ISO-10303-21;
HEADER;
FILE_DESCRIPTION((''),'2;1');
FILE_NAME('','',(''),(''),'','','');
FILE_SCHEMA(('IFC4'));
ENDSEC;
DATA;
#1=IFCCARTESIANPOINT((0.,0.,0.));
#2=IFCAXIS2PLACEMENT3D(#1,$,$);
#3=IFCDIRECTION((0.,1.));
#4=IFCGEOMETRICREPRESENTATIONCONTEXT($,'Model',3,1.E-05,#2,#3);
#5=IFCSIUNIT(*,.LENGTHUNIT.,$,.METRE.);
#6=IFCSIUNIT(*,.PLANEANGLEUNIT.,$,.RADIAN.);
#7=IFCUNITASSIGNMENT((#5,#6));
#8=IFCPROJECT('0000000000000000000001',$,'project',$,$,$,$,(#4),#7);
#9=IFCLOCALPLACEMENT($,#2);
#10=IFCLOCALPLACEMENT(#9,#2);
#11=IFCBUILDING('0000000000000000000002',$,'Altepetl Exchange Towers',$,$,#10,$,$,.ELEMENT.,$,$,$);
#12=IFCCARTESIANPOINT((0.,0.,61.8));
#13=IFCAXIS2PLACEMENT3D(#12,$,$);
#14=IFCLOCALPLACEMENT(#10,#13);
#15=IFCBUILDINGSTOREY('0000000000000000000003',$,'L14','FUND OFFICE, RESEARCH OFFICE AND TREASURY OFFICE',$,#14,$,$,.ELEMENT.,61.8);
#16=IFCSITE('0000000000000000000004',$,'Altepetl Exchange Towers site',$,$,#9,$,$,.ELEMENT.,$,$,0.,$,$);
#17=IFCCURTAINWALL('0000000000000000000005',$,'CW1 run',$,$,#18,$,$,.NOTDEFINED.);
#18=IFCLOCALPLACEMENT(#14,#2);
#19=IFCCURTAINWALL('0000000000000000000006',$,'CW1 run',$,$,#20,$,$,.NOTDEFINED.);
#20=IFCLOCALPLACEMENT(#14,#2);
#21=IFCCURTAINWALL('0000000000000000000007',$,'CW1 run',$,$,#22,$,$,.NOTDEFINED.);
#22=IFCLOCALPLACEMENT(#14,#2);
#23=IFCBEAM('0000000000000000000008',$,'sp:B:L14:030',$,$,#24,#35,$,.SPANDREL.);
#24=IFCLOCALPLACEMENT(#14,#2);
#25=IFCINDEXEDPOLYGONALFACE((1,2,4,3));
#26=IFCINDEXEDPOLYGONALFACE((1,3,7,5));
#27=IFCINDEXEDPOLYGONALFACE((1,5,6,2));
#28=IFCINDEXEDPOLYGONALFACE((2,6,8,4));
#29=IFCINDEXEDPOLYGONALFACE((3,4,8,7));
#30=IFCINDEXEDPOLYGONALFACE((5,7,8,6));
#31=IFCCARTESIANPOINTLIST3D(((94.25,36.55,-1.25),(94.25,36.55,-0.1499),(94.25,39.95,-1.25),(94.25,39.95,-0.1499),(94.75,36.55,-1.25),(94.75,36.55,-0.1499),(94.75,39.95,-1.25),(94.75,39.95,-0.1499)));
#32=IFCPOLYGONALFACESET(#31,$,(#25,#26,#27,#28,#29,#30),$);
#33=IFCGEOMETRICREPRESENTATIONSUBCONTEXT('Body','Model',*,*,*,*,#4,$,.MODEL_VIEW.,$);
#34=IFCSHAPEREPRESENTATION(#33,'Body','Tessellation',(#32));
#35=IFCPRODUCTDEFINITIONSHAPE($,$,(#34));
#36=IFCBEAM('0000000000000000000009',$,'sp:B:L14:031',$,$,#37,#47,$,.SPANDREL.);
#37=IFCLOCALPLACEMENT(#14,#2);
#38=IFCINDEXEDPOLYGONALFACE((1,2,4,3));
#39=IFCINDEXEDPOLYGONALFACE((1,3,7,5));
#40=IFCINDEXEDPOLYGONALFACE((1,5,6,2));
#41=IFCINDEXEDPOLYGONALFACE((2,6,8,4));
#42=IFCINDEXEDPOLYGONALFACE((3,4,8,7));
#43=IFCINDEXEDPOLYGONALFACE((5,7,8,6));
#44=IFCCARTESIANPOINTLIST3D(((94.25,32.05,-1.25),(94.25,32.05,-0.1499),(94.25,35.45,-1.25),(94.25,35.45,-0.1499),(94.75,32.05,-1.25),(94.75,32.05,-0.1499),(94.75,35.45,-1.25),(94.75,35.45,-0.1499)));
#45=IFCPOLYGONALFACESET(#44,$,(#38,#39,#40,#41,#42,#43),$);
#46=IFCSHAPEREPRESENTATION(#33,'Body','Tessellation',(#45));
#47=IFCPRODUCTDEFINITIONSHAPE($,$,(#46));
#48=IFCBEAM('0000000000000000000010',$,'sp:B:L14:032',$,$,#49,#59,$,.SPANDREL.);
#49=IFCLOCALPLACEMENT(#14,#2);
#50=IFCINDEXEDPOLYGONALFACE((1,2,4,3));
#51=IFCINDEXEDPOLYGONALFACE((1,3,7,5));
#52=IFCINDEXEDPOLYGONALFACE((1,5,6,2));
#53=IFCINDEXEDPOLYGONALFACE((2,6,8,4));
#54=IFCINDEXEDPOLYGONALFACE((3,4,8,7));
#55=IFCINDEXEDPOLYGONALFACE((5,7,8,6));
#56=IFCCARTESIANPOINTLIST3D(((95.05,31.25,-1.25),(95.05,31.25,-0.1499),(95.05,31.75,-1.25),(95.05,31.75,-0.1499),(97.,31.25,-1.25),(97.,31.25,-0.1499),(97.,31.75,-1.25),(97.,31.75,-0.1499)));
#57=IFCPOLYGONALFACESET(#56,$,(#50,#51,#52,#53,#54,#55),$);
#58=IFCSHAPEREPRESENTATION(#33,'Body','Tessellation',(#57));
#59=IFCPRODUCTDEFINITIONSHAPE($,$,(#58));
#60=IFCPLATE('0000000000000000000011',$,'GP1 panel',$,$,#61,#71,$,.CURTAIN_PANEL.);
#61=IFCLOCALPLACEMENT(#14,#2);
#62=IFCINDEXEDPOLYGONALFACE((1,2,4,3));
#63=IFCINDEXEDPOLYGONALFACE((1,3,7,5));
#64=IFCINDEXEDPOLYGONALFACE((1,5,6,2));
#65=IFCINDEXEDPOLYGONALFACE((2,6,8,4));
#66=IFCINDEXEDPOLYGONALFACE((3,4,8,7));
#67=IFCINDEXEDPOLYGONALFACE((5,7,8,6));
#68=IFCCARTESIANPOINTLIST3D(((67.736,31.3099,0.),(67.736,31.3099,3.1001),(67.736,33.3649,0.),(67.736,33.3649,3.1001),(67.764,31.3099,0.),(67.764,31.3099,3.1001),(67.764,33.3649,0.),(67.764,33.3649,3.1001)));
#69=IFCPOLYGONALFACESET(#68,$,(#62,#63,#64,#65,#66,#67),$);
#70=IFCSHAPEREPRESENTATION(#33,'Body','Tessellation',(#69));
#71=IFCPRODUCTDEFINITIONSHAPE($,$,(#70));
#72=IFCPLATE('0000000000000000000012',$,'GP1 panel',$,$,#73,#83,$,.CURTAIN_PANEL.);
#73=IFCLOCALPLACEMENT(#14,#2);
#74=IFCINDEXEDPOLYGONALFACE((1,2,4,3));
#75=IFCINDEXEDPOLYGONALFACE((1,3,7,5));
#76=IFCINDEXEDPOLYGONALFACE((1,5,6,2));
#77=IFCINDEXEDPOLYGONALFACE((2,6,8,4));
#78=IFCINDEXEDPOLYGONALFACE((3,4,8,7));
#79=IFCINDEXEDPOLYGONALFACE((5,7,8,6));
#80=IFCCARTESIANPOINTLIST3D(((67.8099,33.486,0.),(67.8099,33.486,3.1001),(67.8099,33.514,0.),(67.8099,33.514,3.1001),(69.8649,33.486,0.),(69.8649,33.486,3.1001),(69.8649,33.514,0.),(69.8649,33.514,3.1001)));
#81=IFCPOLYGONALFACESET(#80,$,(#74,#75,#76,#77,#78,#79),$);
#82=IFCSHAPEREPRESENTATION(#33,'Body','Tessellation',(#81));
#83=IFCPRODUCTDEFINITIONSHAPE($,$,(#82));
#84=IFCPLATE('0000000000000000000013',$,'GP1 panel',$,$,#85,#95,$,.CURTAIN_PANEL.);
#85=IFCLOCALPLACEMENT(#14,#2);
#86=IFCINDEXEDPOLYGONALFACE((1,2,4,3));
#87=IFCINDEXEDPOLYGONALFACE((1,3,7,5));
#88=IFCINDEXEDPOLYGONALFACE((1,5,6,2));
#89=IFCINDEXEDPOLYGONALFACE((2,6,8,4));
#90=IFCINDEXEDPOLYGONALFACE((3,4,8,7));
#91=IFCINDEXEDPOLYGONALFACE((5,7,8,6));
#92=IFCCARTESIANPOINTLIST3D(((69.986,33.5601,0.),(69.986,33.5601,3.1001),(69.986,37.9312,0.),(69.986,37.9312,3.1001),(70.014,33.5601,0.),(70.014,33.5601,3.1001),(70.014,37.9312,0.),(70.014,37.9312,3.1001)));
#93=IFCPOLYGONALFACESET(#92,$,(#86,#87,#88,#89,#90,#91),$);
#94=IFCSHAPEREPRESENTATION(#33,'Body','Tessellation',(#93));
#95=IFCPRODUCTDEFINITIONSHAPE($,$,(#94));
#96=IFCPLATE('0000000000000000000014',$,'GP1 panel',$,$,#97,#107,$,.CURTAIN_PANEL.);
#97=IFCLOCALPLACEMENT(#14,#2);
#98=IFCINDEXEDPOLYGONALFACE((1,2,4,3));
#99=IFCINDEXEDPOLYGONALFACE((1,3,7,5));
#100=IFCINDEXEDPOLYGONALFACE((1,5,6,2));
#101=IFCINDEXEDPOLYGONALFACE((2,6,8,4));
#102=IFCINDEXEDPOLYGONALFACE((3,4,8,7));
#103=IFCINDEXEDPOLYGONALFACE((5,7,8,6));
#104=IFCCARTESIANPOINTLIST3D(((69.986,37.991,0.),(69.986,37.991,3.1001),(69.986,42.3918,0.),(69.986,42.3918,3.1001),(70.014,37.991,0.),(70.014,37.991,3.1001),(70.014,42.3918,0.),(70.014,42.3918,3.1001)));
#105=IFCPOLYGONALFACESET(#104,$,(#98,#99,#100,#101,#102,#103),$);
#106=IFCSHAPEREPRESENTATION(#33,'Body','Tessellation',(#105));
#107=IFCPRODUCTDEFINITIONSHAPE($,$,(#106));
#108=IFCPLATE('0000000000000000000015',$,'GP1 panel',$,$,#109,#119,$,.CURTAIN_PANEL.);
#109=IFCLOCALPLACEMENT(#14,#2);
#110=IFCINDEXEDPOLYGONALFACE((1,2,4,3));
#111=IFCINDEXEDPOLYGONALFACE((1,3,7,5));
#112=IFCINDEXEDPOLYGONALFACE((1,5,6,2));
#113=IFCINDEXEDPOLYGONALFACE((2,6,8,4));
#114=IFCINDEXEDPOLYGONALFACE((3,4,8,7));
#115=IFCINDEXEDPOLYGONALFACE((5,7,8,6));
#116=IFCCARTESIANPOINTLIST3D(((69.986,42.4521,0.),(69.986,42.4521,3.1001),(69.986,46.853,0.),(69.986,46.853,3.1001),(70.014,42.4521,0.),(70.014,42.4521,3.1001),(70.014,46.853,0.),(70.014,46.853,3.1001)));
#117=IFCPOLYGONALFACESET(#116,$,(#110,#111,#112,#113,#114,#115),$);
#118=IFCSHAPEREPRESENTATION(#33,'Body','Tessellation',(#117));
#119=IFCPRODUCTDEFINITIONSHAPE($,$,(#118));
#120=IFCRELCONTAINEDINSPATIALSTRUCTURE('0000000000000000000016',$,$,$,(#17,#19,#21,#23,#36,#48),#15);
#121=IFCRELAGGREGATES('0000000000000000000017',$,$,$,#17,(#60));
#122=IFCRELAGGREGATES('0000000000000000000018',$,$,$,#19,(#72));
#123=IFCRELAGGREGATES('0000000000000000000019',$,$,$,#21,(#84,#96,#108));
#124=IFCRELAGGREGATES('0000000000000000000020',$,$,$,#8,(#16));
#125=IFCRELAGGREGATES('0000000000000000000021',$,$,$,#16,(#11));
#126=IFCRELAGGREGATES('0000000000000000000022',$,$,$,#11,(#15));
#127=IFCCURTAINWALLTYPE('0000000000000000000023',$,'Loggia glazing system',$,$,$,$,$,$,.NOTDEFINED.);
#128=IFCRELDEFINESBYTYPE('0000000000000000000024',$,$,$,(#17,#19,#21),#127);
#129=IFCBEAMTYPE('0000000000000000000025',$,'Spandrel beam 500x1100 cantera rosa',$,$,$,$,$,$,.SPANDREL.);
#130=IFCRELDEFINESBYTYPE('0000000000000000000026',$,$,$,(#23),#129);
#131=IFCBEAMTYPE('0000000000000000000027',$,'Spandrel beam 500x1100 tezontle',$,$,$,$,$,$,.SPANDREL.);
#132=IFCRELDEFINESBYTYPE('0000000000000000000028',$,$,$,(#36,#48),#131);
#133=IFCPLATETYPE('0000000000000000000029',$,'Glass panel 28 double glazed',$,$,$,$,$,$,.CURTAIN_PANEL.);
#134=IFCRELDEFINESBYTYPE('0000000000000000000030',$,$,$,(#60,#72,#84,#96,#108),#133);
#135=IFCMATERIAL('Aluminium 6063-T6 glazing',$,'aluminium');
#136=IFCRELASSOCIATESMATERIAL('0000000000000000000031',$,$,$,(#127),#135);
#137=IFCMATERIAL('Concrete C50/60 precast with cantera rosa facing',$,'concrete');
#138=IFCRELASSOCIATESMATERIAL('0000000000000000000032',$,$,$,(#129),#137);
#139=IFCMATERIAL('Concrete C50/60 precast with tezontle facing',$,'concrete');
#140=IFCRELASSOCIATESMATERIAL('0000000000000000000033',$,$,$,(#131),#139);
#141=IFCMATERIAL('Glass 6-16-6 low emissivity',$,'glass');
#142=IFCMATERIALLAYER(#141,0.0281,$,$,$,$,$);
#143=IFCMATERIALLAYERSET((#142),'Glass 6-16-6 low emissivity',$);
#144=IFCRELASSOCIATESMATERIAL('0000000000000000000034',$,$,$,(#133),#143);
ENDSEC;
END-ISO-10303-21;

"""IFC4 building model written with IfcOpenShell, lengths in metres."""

from ifc_helpers import new_model, si_unit, direction, frame, origin, origin_2d, place, context, subcontext, project, spatial, rectangle, extrude, material, layer, layer_set, material_profile, profile_set, type_object, element, aggregate, save


model = new_model("IFC4")

# Units and contexts
model_context = context("Model", 3, precision=1e-05, world=origin(), true_north=direction((0.0, 1.0)))
body_context = subcontext(model_context, "Body", "Model", "MODEL_VIEW")
ifc_project = project(units=[si_unit("LENGTHUNIT", "METRE"), si_unit("PLANEANGLEUNIT", "RADIAN")], contexts=[model_context])

# Site, building, storey
site_placement = place(None, origin())
site = spatial("IfcSite", under=ifc_project, at=site_placement, Name="Altepetl Exchange Towers site", CompositionType="ELEMENT", RefElevation=0.0)
building_placement = place(site_placement, origin())
building = spatial("IfcBuilding", under=site, at=building_placement, Name="Altepetl Exchange Towers", CompositionType="ELEMENT")
storey_placement = place(building_placement, frame((0.0, 0.0, 61.8)))
storey = spatial("IfcBuildingStorey", under=building, at=storey_placement, Name="L14", Description="FUND OFFICE, RESEARCH OFFICE AND TREASURY OFFICE", CompositionType="ELEMENT", Elevation=61.8)

# Shared definitions
ifc_material_1 = material(Name="Aluminium 6063-T6 glazing", Category="aluminium")
curtain_wall_type = type_object("IfcCurtainWallType", Name="Loggia glazing system", PredefinedType="NOTDEFINED", material=ifc_material_1)

# Curtain walls
curtain_wall_1_placement = place(storey_placement, origin())
curtain_wall_1 = element("IfcCurtainWall", 1, at=curtain_wall_1_placement, inside=storey, type_object=curtain_wall_type, Name="CW1 run", PredefinedType="NOTDEFINED")
curtain_wall_2_placement = place(storey_placement, origin())
curtain_wall_2 = element("IfcCurtainWall", 2, at=curtain_wall_2_placement, inside=storey, type_object=curtain_wall_type, Name="CW1 run", PredefinedType="NOTDEFINED")
curtain_wall_3_placement = place(storey_placement, origin())
curtain_wall_3 = element("IfcCurtainWall", 3, at=curtain_wall_3_placement, inside=storey, type_object=curtain_wall_type, Name="CW1 run", PredefinedType="NOTDEFINED")

# Beams
ifc_material_2 = material(Name="Concrete C50/60 precast with cantera rosa facing", Category="concrete")
ifc_material_profile_1 = material_profile(ifc_material_2, rectangle(XDim=0.5, YDim=1.1001, at=origin_2d()), Name="500 x 1100")
ifc_profile_set_1 = profile_set([ifc_material_profile_1], Name="Concrete C50/60 precast with cantera rosa facing")
beam_type_1 = type_object("IfcBeamType", Name="Spandrel beam 500x1100 cantera rosa", PredefinedType="SPANDREL", material=ifc_profile_set_1)
for number, where, z_axis, x_axis, name in (
    (4, (94.5, 39.95, -0.7), (0.0, -1.0, 0.0), (1.0, 0.0, 0.0), "sp:B:L14:030"),
):
    element("IfcBeam", number, at=place(storey_placement, frame(where, z_axis=z_axis, x_axis=x_axis)), inside=storey, type_object=beam_type_1, Name=name, PredefinedType="SPANDREL", context=body_context, shape_type="SweptSolid", body=[
        extrude(rectangle(XDim=0.5, YDim=1.1001, at=origin_2d()), origin(), (0.0, 0.0, 1.0), 3.3999),
    ])
ifc_material_3 = material(Name="Concrete C50/60 precast with tezontle facing", Category="concrete")
ifc_material_profile_2 = material_profile(ifc_material_3, rectangle(XDim=0.5, YDim=1.1001, at=origin_2d()), Name="500 x 1100")
ifc_profile_set_2 = profile_set([ifc_material_profile_2], Name="Concrete C50/60 precast with tezontle facing")
beam_type_2 = type_object("IfcBeamType", Name="Spandrel beam 500x1100 tezontle", PredefinedType="SPANDREL", material=ifc_profile_set_2)
beam_1_placement = place(storey_placement, frame((94.5, 35.45, -0.7), z_axis=(0.0, -1.0, 0.0), x_axis=(1.0, 0.0, 0.0)))
element("IfcBeam", 5, at=beam_1_placement, inside=storey, type_object=beam_type_2, Name="sp:B:L14:031", PredefinedType="SPANDREL", context=body_context, shape_type="SweptSolid", body=[
    extrude(rectangle(XDim=0.5, YDim=1.1001, at=origin_2d()), origin(), (0.0, 0.0, 1.0), 3.3999),
])
beam_2_placement = place(storey_placement, frame((95.05, 31.5, -0.7), z_axis=(1.0, 0.0, 0.0), x_axis=(0.0, 1.0, 0.0)))
element("IfcBeam", 6, at=beam_2_placement, inside=storey, type_object=beam_type_2, Name="sp:B:L14:032", PredefinedType="SPANDREL", context=body_context, shape_type="SweptSolid", body=[
    extrude(rectangle(XDim=0.5, YDim=1.1001, at=origin_2d()), origin(), (0.0, 0.0, 1.0), 1.95),
])

# Plates
ifc_material_4 = material(Name="Glass 6-16-6 low emissivity", Category="glass")
ifc_layer = layer(ifc_material_4, 0.0281)
ifc_layer_set = layer_set([ifc_layer], Name="Glass 6-16-6 low emissivity")
plate_type = type_object("IfcPlateType", Name="Glass panel 28 double glazed", PredefinedType="CURTAIN_PANEL", material=ifc_layer_set)
plate_1_placement = place(storey_placement, frame((67.75, 32.3374, 0.0), z_axis=(0.0, 0.0, 1.0), x_axis=(0.0, 1.0, 0.0)))
plate_1 = element("IfcPlate", 7, at=plate_1_placement, type_object=plate_type, Name="GP1 panel", PredefinedType="CURTAIN_PANEL", context=body_context, shape_type="SweptSolid", body=[
    extrude(rectangle(XDim=2.0549, YDim=0.0281, at=origin_2d()), origin(), (0.0, 0.0, 1.0), 3.1001),
])
aggregate(curtain_wall_1, [plate_1])
plate_2_placement = place(storey_placement, frame((68.8374, 33.5, 0.0)))
plate_2 = element("IfcPlate", 8, at=plate_2_placement, type_object=plate_type, Name="GP1 panel", PredefinedType="CURTAIN_PANEL", context=body_context, shape_type="SweptSolid", body=[
    extrude(rectangle(XDim=2.0549, YDim=0.0281, at=origin_2d()), origin(), (0.0, 0.0, 1.0), 3.1001),
])
aggregate(curtain_wall_2, [plate_2])
plate_3_placement = place(storey_placement, frame((70.0, 35.7456, 0.0), z_axis=(0.0, 0.0, 1.0), x_axis=(0.0, 1.0, 0.0)))
plate_3 = element("IfcPlate", 9, at=plate_3_placement, type_object=plate_type, Name="GP1 panel", PredefinedType="CURTAIN_PANEL", context=body_context, shape_type="SweptSolid", body=[
    extrude(rectangle(XDim=4.3711, YDim=0.0281, at=origin_2d()), origin(), (0.0, 0.0, 1.0), 3.1001),
])
plate_4_placement = place(storey_placement, frame((70.0, 40.1914, 0.0), z_axis=(0.0, 0.0, 1.0), x_axis=(0.0, 1.0, 0.0)))
plate_4 = element("IfcPlate", 10, at=plate_4_placement, type_object=plate_type, Name="GP1 panel", PredefinedType="CURTAIN_PANEL", context=body_context, shape_type="SweptSolid", body=[
    extrude(rectangle(XDim=4.4009, YDim=0.0281, at=origin_2d()), origin(), (0.0, 0.0, 1.0), 3.1001),
])
plate_5_placement = place(storey_placement, frame((70.0, 44.6526, 0.0), z_axis=(0.0, 0.0, 1.0), x_axis=(0.0, 1.0, 0.0)))
plate_5 = element("IfcPlate", 11, at=plate_5_placement, type_object=plate_type, Name="GP1 panel", PredefinedType="CURTAIN_PANEL", context=body_context, shape_type="SweptSolid", body=[
    extrude(rectangle(XDim=4.4009, YDim=0.0281, at=origin_2d()), origin(), (0.0, 0.0, 1.0), 3.1001),
])
aggregate(curtain_wall_3, [plate_3, plate_4, plate_5])

save(model, "model.ifc")
